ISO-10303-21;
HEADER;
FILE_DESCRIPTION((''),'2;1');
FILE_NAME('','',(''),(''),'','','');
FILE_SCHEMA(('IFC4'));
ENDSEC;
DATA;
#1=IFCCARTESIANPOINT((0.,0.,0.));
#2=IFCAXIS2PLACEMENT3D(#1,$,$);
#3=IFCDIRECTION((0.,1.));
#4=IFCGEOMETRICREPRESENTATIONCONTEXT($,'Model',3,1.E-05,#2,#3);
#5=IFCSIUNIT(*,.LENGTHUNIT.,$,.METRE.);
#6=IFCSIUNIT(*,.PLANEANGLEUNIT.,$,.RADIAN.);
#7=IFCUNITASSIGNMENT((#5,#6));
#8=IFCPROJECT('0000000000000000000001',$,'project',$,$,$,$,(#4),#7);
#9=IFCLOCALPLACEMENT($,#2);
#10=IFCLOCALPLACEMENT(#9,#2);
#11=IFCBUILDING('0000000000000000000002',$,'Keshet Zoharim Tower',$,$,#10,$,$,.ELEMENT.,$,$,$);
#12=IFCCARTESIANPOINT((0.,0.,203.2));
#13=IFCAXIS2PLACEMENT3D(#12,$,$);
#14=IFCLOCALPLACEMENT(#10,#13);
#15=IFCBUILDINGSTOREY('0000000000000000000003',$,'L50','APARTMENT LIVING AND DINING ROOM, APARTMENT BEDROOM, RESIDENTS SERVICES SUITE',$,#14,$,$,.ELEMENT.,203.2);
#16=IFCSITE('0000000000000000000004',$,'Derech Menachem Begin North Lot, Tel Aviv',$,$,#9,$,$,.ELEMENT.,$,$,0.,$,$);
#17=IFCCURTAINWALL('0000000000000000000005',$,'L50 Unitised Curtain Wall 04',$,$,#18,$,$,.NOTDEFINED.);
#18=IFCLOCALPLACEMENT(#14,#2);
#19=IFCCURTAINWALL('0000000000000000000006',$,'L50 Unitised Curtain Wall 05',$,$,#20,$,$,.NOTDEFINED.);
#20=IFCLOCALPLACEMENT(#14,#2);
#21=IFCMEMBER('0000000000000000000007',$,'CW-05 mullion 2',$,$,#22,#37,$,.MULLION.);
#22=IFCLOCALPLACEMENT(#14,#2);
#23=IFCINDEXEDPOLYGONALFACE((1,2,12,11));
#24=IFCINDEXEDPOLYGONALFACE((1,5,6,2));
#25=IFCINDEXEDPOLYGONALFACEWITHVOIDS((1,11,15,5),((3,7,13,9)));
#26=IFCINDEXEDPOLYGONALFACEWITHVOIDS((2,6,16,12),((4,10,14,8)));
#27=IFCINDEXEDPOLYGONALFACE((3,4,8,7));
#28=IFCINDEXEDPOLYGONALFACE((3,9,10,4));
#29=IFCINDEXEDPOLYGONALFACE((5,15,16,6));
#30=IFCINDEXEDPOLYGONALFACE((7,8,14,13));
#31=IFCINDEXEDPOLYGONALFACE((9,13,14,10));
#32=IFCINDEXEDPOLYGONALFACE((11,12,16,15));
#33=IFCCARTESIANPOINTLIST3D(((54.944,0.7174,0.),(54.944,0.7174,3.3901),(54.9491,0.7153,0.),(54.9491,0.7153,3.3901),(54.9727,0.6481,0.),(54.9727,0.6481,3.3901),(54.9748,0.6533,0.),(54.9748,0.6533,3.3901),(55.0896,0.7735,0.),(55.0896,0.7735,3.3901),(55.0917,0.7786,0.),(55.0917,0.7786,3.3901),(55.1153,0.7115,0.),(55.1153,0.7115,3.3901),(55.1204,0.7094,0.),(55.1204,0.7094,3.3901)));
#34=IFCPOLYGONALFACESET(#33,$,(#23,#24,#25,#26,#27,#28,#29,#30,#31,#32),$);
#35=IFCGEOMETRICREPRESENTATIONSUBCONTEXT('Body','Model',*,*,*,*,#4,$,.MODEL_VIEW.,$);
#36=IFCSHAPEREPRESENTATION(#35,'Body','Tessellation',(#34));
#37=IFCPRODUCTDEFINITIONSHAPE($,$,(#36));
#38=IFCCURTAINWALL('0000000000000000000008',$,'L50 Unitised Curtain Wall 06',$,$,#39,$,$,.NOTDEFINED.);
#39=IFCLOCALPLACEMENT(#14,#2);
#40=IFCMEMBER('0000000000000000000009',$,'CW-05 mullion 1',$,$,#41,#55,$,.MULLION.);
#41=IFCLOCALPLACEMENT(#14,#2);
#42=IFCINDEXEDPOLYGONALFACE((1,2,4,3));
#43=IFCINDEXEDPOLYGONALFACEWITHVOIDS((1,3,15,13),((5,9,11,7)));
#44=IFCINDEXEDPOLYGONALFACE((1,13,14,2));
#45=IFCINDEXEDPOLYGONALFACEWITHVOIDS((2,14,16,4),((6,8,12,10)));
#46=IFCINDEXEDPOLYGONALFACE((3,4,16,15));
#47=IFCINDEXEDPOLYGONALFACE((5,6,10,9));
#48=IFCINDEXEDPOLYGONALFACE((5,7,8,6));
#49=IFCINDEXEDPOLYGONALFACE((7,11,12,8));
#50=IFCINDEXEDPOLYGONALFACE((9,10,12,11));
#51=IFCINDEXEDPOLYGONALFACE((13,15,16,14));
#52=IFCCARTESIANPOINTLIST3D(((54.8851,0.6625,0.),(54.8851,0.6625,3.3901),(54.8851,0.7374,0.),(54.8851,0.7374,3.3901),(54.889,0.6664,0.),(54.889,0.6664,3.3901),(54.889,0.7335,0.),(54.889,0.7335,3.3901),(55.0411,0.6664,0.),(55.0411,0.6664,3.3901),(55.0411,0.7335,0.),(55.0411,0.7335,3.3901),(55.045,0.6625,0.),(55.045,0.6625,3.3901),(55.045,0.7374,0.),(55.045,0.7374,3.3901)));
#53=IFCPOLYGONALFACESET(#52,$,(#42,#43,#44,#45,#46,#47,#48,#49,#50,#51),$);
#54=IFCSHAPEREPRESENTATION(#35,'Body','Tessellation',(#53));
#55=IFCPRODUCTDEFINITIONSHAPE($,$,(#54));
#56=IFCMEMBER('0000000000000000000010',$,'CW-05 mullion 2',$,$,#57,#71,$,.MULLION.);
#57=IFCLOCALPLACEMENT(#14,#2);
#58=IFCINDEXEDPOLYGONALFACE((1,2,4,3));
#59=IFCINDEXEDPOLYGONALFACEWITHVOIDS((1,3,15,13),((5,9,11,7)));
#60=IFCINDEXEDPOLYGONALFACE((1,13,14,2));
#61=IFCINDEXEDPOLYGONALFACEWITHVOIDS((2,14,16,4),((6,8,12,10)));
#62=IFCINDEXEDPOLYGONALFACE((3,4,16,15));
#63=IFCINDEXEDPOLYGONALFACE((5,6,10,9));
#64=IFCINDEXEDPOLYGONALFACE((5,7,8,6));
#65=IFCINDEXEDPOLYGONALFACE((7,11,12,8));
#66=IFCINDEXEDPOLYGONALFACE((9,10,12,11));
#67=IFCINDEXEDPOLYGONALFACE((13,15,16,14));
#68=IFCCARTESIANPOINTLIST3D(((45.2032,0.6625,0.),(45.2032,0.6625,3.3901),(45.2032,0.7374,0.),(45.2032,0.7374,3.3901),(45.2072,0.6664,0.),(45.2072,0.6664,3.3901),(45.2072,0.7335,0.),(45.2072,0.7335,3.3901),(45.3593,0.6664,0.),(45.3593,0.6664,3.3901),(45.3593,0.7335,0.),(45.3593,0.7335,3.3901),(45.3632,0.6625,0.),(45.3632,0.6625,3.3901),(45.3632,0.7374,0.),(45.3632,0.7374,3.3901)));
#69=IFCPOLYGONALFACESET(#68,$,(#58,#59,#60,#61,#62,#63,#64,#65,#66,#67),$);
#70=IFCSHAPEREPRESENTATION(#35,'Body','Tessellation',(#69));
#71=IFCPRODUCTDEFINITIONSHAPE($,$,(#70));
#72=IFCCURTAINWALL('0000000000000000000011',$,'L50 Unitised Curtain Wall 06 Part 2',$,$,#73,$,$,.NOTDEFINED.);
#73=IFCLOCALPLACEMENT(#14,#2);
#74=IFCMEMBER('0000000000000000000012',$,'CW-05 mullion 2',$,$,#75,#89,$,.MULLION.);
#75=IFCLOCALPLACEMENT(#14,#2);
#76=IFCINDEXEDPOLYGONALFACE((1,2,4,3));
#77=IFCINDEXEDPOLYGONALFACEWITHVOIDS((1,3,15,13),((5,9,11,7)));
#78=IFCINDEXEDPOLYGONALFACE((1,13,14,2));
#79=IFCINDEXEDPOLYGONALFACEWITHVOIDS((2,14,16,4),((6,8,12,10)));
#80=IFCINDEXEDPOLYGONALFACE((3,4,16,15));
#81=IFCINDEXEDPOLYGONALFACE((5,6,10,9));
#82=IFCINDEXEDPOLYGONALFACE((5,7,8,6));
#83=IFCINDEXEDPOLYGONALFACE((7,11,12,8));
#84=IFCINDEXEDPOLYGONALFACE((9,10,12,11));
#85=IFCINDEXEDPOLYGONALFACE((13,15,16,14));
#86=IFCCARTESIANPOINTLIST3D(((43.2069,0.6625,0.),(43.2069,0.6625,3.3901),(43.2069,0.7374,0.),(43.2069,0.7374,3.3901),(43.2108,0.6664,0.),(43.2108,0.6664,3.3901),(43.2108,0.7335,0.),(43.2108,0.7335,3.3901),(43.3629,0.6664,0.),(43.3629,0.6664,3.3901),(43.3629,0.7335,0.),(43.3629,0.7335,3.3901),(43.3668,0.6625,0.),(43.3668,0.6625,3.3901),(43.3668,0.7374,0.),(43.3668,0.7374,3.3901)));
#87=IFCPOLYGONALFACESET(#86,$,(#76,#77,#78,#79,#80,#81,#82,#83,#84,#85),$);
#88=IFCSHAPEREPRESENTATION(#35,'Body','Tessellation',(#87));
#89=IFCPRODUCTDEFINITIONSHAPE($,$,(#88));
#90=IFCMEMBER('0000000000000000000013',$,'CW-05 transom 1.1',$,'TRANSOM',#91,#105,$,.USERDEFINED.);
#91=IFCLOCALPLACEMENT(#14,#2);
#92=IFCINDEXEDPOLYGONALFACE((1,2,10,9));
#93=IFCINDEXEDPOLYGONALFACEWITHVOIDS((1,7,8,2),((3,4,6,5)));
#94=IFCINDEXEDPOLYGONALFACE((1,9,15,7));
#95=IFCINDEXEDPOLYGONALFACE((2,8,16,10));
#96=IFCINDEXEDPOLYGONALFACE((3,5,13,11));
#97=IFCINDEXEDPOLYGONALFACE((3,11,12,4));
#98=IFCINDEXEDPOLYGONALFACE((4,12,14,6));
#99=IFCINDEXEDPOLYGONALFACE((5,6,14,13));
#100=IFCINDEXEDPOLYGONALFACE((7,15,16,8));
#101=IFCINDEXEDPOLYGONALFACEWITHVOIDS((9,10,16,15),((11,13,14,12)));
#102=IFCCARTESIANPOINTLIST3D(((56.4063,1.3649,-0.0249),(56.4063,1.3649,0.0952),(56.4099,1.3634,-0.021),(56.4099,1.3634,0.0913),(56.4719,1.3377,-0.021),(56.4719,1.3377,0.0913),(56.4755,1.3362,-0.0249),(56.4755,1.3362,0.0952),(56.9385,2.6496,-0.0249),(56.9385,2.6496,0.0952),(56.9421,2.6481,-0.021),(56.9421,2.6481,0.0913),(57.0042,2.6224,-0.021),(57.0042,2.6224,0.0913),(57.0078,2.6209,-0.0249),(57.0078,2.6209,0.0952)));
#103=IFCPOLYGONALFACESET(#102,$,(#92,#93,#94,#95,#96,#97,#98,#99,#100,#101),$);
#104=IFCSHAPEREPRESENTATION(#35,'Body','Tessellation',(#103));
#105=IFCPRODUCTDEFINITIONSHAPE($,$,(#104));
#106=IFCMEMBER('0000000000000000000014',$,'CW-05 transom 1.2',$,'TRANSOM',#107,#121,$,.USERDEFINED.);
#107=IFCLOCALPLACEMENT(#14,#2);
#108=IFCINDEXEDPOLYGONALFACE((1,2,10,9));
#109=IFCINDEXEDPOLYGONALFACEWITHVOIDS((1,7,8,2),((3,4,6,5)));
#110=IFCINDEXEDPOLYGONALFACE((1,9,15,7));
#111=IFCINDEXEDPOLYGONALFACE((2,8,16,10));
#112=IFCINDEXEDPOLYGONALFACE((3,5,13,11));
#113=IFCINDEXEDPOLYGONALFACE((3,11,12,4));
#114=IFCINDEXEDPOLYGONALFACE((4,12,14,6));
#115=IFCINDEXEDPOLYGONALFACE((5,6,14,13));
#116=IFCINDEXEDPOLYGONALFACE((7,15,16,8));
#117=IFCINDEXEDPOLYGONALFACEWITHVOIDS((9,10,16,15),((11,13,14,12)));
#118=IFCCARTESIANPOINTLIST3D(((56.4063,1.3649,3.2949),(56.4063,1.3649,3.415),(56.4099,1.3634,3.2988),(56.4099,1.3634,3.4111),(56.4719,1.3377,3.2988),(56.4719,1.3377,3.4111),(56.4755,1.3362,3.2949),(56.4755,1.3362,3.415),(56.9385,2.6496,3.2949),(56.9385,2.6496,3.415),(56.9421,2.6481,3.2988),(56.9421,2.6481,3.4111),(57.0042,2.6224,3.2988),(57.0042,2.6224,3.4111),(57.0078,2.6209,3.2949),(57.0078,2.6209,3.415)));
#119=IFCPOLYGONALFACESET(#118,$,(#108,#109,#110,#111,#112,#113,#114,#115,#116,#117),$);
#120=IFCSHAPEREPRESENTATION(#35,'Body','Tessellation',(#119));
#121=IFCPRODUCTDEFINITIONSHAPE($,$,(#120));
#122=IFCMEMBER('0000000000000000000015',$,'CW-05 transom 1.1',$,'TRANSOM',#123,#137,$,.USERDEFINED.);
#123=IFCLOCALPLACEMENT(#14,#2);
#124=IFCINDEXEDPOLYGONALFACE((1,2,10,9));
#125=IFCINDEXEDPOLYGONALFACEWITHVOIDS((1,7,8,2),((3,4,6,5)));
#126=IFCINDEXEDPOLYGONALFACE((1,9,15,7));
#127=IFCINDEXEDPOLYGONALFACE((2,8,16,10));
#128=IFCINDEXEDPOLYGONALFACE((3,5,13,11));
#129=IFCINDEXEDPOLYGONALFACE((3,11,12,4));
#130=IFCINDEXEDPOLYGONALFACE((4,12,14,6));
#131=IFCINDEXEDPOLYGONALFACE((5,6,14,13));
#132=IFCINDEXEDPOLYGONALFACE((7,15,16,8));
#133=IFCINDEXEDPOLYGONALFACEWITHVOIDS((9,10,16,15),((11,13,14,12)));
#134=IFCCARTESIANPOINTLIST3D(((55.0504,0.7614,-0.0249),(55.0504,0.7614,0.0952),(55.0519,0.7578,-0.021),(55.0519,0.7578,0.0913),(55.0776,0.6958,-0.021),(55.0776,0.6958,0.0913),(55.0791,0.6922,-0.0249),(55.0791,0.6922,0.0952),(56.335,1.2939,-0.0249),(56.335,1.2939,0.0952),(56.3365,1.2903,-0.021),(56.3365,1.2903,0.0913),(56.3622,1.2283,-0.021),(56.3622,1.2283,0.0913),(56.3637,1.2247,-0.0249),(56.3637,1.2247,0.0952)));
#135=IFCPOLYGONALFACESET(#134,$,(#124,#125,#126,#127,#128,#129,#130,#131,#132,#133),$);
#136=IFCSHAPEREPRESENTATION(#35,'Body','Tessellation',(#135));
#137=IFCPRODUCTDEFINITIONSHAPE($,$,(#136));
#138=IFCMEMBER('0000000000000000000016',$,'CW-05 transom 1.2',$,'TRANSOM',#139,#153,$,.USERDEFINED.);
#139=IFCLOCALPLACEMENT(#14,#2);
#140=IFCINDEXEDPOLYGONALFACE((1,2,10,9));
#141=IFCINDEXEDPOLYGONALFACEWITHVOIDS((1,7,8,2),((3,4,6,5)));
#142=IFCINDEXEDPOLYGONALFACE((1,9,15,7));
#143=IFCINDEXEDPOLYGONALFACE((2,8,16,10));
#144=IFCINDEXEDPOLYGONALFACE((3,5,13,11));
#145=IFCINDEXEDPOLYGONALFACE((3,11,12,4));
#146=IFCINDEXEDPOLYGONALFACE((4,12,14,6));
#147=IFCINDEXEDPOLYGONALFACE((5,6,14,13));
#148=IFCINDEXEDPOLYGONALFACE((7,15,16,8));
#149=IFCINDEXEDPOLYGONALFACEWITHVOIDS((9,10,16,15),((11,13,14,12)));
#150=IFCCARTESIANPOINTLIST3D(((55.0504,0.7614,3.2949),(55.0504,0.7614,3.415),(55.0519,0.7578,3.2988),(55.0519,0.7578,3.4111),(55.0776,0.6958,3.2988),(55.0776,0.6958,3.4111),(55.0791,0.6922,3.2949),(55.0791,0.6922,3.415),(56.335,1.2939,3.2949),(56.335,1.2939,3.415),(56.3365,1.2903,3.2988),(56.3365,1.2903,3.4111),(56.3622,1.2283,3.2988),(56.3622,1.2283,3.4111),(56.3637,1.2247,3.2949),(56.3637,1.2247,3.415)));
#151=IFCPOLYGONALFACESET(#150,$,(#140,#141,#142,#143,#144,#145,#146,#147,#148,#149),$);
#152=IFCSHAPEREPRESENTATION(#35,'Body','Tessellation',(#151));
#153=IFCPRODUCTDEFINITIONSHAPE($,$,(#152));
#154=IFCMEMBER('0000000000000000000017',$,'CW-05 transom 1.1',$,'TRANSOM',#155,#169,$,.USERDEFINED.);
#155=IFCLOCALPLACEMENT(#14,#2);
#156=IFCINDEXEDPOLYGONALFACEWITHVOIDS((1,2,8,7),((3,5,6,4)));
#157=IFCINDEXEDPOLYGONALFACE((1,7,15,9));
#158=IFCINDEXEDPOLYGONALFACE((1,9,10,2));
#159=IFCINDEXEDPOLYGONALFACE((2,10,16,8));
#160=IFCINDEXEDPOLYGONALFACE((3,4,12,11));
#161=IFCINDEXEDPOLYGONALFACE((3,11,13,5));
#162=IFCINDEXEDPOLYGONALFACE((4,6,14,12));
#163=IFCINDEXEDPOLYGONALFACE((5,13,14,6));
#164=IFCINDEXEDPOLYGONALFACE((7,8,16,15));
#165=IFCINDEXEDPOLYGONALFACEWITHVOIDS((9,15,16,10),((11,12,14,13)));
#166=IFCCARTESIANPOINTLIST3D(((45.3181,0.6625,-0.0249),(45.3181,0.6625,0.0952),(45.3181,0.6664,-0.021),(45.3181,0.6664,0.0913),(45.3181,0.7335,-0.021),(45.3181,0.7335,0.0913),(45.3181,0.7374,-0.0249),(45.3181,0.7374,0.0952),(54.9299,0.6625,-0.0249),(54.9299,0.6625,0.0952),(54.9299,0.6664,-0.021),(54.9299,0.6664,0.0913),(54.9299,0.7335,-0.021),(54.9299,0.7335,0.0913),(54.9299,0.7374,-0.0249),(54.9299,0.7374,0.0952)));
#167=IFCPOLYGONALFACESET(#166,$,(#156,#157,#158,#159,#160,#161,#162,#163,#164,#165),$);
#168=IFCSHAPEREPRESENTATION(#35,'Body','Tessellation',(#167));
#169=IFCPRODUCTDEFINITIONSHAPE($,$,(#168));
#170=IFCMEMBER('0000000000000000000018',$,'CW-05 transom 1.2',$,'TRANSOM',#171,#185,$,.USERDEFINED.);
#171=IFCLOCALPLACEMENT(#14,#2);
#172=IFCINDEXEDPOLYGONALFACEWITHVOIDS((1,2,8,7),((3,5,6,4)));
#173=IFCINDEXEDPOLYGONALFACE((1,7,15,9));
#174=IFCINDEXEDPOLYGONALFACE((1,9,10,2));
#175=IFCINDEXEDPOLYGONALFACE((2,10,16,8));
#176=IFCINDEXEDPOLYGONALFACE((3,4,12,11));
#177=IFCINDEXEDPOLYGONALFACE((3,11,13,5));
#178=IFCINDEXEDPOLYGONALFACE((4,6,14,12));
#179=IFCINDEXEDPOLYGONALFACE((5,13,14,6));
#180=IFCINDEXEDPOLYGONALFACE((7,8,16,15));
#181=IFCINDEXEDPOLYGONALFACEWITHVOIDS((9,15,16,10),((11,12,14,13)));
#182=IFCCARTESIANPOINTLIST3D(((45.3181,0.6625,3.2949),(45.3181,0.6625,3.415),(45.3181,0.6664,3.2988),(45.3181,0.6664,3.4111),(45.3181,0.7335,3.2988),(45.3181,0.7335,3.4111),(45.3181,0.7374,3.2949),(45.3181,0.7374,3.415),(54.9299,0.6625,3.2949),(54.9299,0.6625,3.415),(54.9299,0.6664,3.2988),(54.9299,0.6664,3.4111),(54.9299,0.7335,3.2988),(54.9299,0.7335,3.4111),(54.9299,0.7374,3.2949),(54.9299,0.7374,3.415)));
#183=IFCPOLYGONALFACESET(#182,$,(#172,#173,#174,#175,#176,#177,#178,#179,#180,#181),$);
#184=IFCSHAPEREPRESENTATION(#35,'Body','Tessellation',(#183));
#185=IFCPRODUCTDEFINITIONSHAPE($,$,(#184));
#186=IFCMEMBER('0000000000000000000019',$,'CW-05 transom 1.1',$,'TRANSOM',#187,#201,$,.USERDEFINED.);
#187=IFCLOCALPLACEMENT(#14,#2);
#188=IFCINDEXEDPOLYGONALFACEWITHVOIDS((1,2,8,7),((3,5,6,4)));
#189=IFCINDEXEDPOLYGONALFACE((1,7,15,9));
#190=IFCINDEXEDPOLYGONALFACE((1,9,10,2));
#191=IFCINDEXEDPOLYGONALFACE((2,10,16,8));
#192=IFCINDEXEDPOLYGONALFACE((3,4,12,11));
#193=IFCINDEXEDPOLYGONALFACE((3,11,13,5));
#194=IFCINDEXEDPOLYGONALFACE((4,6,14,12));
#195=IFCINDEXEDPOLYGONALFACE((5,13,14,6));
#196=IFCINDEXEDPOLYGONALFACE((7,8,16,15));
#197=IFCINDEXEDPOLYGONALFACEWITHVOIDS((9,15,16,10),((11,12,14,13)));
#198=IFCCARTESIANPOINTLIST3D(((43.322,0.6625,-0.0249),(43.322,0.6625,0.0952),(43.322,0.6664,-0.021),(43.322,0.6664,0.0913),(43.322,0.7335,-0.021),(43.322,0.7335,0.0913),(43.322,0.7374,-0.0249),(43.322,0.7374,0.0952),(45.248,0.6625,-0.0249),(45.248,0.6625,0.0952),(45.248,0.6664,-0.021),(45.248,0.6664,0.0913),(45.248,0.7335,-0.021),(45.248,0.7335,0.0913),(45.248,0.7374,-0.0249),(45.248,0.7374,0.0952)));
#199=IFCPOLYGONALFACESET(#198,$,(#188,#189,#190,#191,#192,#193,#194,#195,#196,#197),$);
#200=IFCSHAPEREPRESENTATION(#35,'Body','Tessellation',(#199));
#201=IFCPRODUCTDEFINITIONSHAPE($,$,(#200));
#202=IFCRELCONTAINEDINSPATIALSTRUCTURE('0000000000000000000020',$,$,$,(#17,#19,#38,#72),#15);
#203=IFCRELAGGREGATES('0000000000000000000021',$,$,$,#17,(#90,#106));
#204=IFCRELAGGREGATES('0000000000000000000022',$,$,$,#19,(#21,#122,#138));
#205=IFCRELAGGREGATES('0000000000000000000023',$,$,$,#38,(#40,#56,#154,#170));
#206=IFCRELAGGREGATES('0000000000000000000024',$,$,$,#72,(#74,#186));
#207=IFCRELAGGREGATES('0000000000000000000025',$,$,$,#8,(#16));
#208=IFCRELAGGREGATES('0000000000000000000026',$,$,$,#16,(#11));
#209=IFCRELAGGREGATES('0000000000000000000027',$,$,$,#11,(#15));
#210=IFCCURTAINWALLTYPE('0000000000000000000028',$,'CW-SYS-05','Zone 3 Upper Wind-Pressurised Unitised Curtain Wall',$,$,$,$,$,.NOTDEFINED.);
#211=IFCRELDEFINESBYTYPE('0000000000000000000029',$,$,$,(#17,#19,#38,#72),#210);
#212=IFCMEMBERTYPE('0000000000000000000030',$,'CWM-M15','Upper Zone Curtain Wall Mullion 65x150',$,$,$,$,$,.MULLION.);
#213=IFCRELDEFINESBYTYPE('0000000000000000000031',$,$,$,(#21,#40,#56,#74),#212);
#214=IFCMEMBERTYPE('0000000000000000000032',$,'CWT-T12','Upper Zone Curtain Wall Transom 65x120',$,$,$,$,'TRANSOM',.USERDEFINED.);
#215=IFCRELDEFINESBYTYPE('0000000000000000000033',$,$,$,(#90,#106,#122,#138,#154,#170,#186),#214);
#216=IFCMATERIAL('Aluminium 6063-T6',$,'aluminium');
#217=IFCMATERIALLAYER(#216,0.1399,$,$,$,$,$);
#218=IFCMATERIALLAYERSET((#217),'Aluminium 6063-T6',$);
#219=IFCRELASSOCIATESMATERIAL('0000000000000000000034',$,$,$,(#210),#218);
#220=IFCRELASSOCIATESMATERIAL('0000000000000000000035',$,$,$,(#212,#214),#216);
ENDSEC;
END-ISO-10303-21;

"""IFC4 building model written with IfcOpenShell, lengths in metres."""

from ifc_helpers import new_model, si_unit, direction, frame, origin, origin_2d, place, context, subcontext, project, spatial, hollow_rectangle, extrude, material, layer, layer_set, material_profile, profile_set, type_object, element, aggregate, save


model = new_model("IFC4")

# Units and contexts
model_context = context("Model", 3, precision=1e-05, world=origin(), true_north=direction((0.0, 1.0)))
body_context = subcontext(model_context, "Body", "Model", "MODEL_VIEW")
ifc_project = project(units=[si_unit("LENGTHUNIT", "METRE"), si_unit("PLANEANGLEUNIT", "RADIAN")], contexts=[model_context])

# Site, building, storey
site_placement = place(None, origin())
site = spatial("IfcSite", under=ifc_project, at=site_placement, Name="Derech Menachem Begin North Lot, Tel Aviv", CompositionType="ELEMENT", RefElevation=0.0)
building_placement = place(site_placement, origin())
building = spatial("IfcBuilding", under=site, at=building_placement, Name="Keshet Zoharim Tower", CompositionType="ELEMENT")
storey_placement = place(building_placement, frame((0.0, 0.0, 203.2)))
storey = spatial("IfcBuildingStorey", under=building, at=storey_placement, Name="L50", Description="APARTMENT LIVING AND DINING ROOM, APARTMENT BEDROOM, RESIDENTS SERVICES SUITE", CompositionType="ELEMENT", Elevation=203.2)

# Curtain walls, members
ifc_material_1 = material(Name="Aluminium 6063-T6", Category="aluminium")
ifc_layer_1 = layer(ifc_material_1, 0.1399)
ifc_layer_set_1 = layer_set([ifc_layer_1], Name="Aluminium 6063-T6")
curtain_wall_type = type_object("IfcCurtainWallType", Name="CW-SYS-05", Description="Zone 3 Upper Wind-Pressurised Unitised Curtain Wall", PredefinedType="NOTDEFINED", material=ifc_layer_set_1)
curtain_wall_1_placement = place(storey_placement, origin())
curtain_wall_1 = element("IfcCurtainWall", 1, at=curtain_wall_1_placement, inside=storey, type_object=curtain_wall_type, Name="L50 Unitised Curtain Wall 04", PredefinedType="NOTDEFINED")
ifc_material_profile_1 = material_profile(ifc_material_1, hollow_rectangle(XDim=0.075, YDim=0.1599, WallThickness=0.0039, at=origin_2d()), Name="MUL-75x160")
ifc_profile_set_1 = profile_set([ifc_material_profile_1], Name="Aluminium 6063-T6")
member_type_1 = type_object("IfcMemberType", Name="CWM-M15", Description="Upper Zone Curtain Wall Mullion 65x150", PredefinedType="MULLION", material=ifc_profile_set_1)
curtain_wall_2_placement = place(storey_placement, origin())
curtain_wall_2 = element("IfcCurtainWall", 2, at=curtain_wall_2_placement, inside=storey, type_object=curtain_wall_type, Name="L50 Unitised Curtain Wall 05", PredefinedType="NOTDEFINED")
member_1_placement = place(storey_placement, frame((55.0322, 0.7134, 0.0), z_axis=(0.0, 0.0, 1.0), x_axis=(0.382852, -0.92381, 0.0)))
member_1 = element("IfcMember", 3, at=member_1_placement, type_object=member_type_1, Name="CW-05 mullion 2", PredefinedType="MULLION", context=body_context, shape_type="SweptSolid", body=[
    extrude(hollow_rectangle(XDim=0.075, YDim=0.1599, WallThickness=0.0039, at=origin_2d()), origin(), (0.0, 0.0, 1.0), 3.3901),
])
curtain_wall_3_placement = place(storey_placement, origin())
curtain_wall_3 = element("IfcCurtainWall", 4, at=curtain_wall_3_placement, inside=storey, type_object=curtain_wall_type, Name="L50 Unitised Curtain Wall 06", PredefinedType="NOTDEFINED")
member_2_placement = place(storey_placement, frame((54.9651, 0.7, 0.0), z_axis=(0.0, 0.0, 1.0), x_axis=(0.0, -1.0, 0.0)))
member_2 = element("IfcMember", 5, at=member_2_placement, type_object=member_type_1, Name="CW-05 mullion 1", PredefinedType="MULLION", context=body_context, shape_type="SweptSolid", body=[
    extrude(hollow_rectangle(XDim=0.075, YDim=0.1599, WallThickness=0.0039, at=origin_2d()), origin(), (0.0, 0.0, 1.0), 3.3901),
])
member_3_placement = place(storey_placement, frame((45.2832, 0.7, 0.0), z_axis=(0.0, 0.0, 1.0), x_axis=(0.0, -1.0, 0.0)))
member_3 = element("IfcMember", 6, at=member_3_placement, type_object=member_type_1, Name="CW-05 mullion 2", PredefinedType="MULLION", context=body_context, shape_type="SweptSolid", body=[
    extrude(hollow_rectangle(XDim=0.075, YDim=0.1599, WallThickness=0.0039, at=origin_2d()), origin(), (0.0, 0.0, 1.0), 3.3901),
])

# Curtain wall, member
curtain_wall_4_placement = place(storey_placement, origin())
curtain_wall_4 = element("IfcCurtainWall", 7, at=curtain_wall_4_placement, inside=storey, type_object=curtain_wall_type, Name="L50 Unitised Curtain Wall 06 Part 2", PredefinedType="NOTDEFINED")
member_4_placement = place(storey_placement, frame((43.2869, 0.7, 0.0), z_axis=(0.0, 0.0, 1.0), x_axis=(0.0, -1.0, 0.0)))
member_4 = element("IfcMember", 8, at=member_4_placement, type_object=member_type_1, Name="CW-05 mullion 2", PredefinedType="MULLION", context=body_context, shape_type="SweptSolid", body=[
    extrude(hollow_rectangle(XDim=0.075, YDim=0.1599, WallThickness=0.0039, at=origin_2d()), origin(), (0.0, 0.0, 1.0), 3.3901),
])

# Members
ifc_material_profile_2 = material_profile(ifc_material_1, hollow_rectangle(XDim=0.075, YDim=0.1201, WallThickness=0.0039, at=origin_2d()), Name="TRN-75x120")
ifc_profile_set_2 = profile_set([ifc_material_profile_2], Name="Aluminium 6063-T6")
member_type_2 = type_object("IfcMemberType", Name="CWT-T12", Description="Upper Zone Curtain Wall Transom 65x120", ElementType="TRANSOM", PredefinedType="USERDEFINED", material=ifc_profile_set_2)
member_5_placement = place(storey_placement, frame((56.9731, 2.6353, 0.0352), z_axis=(-0.382745, -0.923854, 0.0), x_axis=(0.923854, -0.382745, 0.0)))
member_5 = element("IfcMember", 9, at=member_5_placement, type_object=member_type_2, Name="CW-05 transom 1.1", ObjectType="TRANSOM", PredefinedType="USERDEFINED", context=body_context, shape_type="SweptSolid", body=[
    extrude(hollow_rectangle(XDim=0.075, YDim=0.1201, WallThickness=0.0039, at=origin_2d()), origin(), (0.0, 0.0, 1.0), 1.3906),
])
member_6_placement = place(storey_placement, frame((56.9731, 2.6353, 3.355), z_axis=(-0.382745, -0.923854, 0.0), x_axis=(0.923854, -0.382745, 0.0)))
member_6 = element("IfcMember", 10, at=member_6_placement, type_object=member_type_2, Name="CW-05 transom 1.2", ObjectType="TRANSOM", PredefinedType="USERDEFINED", context=body_context, shape_type="SweptSolid", body=[
    extrude(hollow_rectangle(XDim=0.075, YDim=0.1201, WallThickness=0.0039, at=origin_2d()), origin(), (0.0, 0.0, 1.0), 1.3906),
])
member_7_placement = place(storey_placement, frame((56.3494, 1.2593, 0.0352), z_axis=(-0.923792, -0.382894, 0.0), x_axis=(0.382894, -0.923792, 0.0)))
member_7 = element("IfcMember", 11, at=member_7_placement, type_object=member_type_2, Name="CW-05 transom 1.1", ObjectType="TRANSOM", PredefinedType="USERDEFINED", context=body_context, shape_type="SweptSolid", body=[
    extrude(hollow_rectangle(XDim=0.075, YDim=0.1201, WallThickness=0.0039, at=origin_2d()), origin(), (0.0, 0.0, 1.0), 1.3906),
])
member_8_placement = place(storey_placement, frame((56.3494, 1.2593, 3.355), z_axis=(-0.923792, -0.382894, 0.0), x_axis=(0.382894, -0.923792, 0.0)))
member_8 = element("IfcMember", 12, at=member_8_placement, type_object=member_type_2, Name="CW-05 transom 1.2", ObjectType="TRANSOM", PredefinedType="USERDEFINED", context=body_context, shape_type="SweptSolid", body=[
    extrude(hollow_rectangle(XDim=0.075, YDim=0.1201, WallThickness=0.0039, at=origin_2d()), origin(), (0.0, 0.0, 1.0), 1.3906),
])
member_9_placement = place(storey_placement, frame((54.9299, 0.7, 0.0352), z_axis=(-1.0, 0.0, 0.0), x_axis=(0.0, -1.0, 0.0)))
member_9 = element("IfcMember", 13, at=member_9_placement, type_object=member_type_2, Name="CW-05 transom 1.1", ObjectType="TRANSOM", PredefinedType="USERDEFINED", context=body_context, shape_type="SweptSolid", body=[
    extrude(hollow_rectangle(XDim=0.075, YDim=0.1201, WallThickness=0.0039, at=origin_2d()), origin(), (0.0, 0.0, 1.0), 9.6118),
])
member_10_placement = place(storey_placement, frame((54.9299, 0.7, 3.355), z_axis=(-1.0, 0.0, 0.0), x_axis=(0.0, -1.0, 0.0)))
member_10 = element("IfcMember", 14, at=member_10_placement, type_object=member_type_2, Name="CW-05 transom 1.2", ObjectType="TRANSOM", PredefinedType="USERDEFINED", context=body_context, shape_type="SweptSolid", body=[
    extrude(hollow_rectangle(XDim=0.075, YDim=0.1201, WallThickness=0.0039, at=origin_2d()), origin(), (0.0, 0.0, 1.0), 9.6118),
])
member_11_placement = place(storey_placement, frame((45.248, 0.7, 0.0352), z_axis=(-1.0, 0.0, 0.0), x_axis=(0.0, -1.0, 0.0)))
member_11 = element("IfcMember", 15, at=member_11_placement, type_object=member_type_2, Name="CW-05 transom 1.1", ObjectType="TRANSOM", PredefinedType="USERDEFINED", context=body_context, shape_type="SweptSolid", body=[
    extrude(hollow_rectangle(XDim=0.075, YDim=0.1201, WallThickness=0.0039, at=origin_2d()), origin(), (0.0, 0.0, 1.0), 1.926),
])

aggregate(curtain_wall_1, [member_5, member_6])
aggregate(curtain_wall_2, [member_1, member_7, member_8])
aggregate(curtain_wall_3, [member_2, member_3, member_9, member_10])
aggregate(curtain_wall_4, [member_4, member_11])

save(model, "model.ifc")
